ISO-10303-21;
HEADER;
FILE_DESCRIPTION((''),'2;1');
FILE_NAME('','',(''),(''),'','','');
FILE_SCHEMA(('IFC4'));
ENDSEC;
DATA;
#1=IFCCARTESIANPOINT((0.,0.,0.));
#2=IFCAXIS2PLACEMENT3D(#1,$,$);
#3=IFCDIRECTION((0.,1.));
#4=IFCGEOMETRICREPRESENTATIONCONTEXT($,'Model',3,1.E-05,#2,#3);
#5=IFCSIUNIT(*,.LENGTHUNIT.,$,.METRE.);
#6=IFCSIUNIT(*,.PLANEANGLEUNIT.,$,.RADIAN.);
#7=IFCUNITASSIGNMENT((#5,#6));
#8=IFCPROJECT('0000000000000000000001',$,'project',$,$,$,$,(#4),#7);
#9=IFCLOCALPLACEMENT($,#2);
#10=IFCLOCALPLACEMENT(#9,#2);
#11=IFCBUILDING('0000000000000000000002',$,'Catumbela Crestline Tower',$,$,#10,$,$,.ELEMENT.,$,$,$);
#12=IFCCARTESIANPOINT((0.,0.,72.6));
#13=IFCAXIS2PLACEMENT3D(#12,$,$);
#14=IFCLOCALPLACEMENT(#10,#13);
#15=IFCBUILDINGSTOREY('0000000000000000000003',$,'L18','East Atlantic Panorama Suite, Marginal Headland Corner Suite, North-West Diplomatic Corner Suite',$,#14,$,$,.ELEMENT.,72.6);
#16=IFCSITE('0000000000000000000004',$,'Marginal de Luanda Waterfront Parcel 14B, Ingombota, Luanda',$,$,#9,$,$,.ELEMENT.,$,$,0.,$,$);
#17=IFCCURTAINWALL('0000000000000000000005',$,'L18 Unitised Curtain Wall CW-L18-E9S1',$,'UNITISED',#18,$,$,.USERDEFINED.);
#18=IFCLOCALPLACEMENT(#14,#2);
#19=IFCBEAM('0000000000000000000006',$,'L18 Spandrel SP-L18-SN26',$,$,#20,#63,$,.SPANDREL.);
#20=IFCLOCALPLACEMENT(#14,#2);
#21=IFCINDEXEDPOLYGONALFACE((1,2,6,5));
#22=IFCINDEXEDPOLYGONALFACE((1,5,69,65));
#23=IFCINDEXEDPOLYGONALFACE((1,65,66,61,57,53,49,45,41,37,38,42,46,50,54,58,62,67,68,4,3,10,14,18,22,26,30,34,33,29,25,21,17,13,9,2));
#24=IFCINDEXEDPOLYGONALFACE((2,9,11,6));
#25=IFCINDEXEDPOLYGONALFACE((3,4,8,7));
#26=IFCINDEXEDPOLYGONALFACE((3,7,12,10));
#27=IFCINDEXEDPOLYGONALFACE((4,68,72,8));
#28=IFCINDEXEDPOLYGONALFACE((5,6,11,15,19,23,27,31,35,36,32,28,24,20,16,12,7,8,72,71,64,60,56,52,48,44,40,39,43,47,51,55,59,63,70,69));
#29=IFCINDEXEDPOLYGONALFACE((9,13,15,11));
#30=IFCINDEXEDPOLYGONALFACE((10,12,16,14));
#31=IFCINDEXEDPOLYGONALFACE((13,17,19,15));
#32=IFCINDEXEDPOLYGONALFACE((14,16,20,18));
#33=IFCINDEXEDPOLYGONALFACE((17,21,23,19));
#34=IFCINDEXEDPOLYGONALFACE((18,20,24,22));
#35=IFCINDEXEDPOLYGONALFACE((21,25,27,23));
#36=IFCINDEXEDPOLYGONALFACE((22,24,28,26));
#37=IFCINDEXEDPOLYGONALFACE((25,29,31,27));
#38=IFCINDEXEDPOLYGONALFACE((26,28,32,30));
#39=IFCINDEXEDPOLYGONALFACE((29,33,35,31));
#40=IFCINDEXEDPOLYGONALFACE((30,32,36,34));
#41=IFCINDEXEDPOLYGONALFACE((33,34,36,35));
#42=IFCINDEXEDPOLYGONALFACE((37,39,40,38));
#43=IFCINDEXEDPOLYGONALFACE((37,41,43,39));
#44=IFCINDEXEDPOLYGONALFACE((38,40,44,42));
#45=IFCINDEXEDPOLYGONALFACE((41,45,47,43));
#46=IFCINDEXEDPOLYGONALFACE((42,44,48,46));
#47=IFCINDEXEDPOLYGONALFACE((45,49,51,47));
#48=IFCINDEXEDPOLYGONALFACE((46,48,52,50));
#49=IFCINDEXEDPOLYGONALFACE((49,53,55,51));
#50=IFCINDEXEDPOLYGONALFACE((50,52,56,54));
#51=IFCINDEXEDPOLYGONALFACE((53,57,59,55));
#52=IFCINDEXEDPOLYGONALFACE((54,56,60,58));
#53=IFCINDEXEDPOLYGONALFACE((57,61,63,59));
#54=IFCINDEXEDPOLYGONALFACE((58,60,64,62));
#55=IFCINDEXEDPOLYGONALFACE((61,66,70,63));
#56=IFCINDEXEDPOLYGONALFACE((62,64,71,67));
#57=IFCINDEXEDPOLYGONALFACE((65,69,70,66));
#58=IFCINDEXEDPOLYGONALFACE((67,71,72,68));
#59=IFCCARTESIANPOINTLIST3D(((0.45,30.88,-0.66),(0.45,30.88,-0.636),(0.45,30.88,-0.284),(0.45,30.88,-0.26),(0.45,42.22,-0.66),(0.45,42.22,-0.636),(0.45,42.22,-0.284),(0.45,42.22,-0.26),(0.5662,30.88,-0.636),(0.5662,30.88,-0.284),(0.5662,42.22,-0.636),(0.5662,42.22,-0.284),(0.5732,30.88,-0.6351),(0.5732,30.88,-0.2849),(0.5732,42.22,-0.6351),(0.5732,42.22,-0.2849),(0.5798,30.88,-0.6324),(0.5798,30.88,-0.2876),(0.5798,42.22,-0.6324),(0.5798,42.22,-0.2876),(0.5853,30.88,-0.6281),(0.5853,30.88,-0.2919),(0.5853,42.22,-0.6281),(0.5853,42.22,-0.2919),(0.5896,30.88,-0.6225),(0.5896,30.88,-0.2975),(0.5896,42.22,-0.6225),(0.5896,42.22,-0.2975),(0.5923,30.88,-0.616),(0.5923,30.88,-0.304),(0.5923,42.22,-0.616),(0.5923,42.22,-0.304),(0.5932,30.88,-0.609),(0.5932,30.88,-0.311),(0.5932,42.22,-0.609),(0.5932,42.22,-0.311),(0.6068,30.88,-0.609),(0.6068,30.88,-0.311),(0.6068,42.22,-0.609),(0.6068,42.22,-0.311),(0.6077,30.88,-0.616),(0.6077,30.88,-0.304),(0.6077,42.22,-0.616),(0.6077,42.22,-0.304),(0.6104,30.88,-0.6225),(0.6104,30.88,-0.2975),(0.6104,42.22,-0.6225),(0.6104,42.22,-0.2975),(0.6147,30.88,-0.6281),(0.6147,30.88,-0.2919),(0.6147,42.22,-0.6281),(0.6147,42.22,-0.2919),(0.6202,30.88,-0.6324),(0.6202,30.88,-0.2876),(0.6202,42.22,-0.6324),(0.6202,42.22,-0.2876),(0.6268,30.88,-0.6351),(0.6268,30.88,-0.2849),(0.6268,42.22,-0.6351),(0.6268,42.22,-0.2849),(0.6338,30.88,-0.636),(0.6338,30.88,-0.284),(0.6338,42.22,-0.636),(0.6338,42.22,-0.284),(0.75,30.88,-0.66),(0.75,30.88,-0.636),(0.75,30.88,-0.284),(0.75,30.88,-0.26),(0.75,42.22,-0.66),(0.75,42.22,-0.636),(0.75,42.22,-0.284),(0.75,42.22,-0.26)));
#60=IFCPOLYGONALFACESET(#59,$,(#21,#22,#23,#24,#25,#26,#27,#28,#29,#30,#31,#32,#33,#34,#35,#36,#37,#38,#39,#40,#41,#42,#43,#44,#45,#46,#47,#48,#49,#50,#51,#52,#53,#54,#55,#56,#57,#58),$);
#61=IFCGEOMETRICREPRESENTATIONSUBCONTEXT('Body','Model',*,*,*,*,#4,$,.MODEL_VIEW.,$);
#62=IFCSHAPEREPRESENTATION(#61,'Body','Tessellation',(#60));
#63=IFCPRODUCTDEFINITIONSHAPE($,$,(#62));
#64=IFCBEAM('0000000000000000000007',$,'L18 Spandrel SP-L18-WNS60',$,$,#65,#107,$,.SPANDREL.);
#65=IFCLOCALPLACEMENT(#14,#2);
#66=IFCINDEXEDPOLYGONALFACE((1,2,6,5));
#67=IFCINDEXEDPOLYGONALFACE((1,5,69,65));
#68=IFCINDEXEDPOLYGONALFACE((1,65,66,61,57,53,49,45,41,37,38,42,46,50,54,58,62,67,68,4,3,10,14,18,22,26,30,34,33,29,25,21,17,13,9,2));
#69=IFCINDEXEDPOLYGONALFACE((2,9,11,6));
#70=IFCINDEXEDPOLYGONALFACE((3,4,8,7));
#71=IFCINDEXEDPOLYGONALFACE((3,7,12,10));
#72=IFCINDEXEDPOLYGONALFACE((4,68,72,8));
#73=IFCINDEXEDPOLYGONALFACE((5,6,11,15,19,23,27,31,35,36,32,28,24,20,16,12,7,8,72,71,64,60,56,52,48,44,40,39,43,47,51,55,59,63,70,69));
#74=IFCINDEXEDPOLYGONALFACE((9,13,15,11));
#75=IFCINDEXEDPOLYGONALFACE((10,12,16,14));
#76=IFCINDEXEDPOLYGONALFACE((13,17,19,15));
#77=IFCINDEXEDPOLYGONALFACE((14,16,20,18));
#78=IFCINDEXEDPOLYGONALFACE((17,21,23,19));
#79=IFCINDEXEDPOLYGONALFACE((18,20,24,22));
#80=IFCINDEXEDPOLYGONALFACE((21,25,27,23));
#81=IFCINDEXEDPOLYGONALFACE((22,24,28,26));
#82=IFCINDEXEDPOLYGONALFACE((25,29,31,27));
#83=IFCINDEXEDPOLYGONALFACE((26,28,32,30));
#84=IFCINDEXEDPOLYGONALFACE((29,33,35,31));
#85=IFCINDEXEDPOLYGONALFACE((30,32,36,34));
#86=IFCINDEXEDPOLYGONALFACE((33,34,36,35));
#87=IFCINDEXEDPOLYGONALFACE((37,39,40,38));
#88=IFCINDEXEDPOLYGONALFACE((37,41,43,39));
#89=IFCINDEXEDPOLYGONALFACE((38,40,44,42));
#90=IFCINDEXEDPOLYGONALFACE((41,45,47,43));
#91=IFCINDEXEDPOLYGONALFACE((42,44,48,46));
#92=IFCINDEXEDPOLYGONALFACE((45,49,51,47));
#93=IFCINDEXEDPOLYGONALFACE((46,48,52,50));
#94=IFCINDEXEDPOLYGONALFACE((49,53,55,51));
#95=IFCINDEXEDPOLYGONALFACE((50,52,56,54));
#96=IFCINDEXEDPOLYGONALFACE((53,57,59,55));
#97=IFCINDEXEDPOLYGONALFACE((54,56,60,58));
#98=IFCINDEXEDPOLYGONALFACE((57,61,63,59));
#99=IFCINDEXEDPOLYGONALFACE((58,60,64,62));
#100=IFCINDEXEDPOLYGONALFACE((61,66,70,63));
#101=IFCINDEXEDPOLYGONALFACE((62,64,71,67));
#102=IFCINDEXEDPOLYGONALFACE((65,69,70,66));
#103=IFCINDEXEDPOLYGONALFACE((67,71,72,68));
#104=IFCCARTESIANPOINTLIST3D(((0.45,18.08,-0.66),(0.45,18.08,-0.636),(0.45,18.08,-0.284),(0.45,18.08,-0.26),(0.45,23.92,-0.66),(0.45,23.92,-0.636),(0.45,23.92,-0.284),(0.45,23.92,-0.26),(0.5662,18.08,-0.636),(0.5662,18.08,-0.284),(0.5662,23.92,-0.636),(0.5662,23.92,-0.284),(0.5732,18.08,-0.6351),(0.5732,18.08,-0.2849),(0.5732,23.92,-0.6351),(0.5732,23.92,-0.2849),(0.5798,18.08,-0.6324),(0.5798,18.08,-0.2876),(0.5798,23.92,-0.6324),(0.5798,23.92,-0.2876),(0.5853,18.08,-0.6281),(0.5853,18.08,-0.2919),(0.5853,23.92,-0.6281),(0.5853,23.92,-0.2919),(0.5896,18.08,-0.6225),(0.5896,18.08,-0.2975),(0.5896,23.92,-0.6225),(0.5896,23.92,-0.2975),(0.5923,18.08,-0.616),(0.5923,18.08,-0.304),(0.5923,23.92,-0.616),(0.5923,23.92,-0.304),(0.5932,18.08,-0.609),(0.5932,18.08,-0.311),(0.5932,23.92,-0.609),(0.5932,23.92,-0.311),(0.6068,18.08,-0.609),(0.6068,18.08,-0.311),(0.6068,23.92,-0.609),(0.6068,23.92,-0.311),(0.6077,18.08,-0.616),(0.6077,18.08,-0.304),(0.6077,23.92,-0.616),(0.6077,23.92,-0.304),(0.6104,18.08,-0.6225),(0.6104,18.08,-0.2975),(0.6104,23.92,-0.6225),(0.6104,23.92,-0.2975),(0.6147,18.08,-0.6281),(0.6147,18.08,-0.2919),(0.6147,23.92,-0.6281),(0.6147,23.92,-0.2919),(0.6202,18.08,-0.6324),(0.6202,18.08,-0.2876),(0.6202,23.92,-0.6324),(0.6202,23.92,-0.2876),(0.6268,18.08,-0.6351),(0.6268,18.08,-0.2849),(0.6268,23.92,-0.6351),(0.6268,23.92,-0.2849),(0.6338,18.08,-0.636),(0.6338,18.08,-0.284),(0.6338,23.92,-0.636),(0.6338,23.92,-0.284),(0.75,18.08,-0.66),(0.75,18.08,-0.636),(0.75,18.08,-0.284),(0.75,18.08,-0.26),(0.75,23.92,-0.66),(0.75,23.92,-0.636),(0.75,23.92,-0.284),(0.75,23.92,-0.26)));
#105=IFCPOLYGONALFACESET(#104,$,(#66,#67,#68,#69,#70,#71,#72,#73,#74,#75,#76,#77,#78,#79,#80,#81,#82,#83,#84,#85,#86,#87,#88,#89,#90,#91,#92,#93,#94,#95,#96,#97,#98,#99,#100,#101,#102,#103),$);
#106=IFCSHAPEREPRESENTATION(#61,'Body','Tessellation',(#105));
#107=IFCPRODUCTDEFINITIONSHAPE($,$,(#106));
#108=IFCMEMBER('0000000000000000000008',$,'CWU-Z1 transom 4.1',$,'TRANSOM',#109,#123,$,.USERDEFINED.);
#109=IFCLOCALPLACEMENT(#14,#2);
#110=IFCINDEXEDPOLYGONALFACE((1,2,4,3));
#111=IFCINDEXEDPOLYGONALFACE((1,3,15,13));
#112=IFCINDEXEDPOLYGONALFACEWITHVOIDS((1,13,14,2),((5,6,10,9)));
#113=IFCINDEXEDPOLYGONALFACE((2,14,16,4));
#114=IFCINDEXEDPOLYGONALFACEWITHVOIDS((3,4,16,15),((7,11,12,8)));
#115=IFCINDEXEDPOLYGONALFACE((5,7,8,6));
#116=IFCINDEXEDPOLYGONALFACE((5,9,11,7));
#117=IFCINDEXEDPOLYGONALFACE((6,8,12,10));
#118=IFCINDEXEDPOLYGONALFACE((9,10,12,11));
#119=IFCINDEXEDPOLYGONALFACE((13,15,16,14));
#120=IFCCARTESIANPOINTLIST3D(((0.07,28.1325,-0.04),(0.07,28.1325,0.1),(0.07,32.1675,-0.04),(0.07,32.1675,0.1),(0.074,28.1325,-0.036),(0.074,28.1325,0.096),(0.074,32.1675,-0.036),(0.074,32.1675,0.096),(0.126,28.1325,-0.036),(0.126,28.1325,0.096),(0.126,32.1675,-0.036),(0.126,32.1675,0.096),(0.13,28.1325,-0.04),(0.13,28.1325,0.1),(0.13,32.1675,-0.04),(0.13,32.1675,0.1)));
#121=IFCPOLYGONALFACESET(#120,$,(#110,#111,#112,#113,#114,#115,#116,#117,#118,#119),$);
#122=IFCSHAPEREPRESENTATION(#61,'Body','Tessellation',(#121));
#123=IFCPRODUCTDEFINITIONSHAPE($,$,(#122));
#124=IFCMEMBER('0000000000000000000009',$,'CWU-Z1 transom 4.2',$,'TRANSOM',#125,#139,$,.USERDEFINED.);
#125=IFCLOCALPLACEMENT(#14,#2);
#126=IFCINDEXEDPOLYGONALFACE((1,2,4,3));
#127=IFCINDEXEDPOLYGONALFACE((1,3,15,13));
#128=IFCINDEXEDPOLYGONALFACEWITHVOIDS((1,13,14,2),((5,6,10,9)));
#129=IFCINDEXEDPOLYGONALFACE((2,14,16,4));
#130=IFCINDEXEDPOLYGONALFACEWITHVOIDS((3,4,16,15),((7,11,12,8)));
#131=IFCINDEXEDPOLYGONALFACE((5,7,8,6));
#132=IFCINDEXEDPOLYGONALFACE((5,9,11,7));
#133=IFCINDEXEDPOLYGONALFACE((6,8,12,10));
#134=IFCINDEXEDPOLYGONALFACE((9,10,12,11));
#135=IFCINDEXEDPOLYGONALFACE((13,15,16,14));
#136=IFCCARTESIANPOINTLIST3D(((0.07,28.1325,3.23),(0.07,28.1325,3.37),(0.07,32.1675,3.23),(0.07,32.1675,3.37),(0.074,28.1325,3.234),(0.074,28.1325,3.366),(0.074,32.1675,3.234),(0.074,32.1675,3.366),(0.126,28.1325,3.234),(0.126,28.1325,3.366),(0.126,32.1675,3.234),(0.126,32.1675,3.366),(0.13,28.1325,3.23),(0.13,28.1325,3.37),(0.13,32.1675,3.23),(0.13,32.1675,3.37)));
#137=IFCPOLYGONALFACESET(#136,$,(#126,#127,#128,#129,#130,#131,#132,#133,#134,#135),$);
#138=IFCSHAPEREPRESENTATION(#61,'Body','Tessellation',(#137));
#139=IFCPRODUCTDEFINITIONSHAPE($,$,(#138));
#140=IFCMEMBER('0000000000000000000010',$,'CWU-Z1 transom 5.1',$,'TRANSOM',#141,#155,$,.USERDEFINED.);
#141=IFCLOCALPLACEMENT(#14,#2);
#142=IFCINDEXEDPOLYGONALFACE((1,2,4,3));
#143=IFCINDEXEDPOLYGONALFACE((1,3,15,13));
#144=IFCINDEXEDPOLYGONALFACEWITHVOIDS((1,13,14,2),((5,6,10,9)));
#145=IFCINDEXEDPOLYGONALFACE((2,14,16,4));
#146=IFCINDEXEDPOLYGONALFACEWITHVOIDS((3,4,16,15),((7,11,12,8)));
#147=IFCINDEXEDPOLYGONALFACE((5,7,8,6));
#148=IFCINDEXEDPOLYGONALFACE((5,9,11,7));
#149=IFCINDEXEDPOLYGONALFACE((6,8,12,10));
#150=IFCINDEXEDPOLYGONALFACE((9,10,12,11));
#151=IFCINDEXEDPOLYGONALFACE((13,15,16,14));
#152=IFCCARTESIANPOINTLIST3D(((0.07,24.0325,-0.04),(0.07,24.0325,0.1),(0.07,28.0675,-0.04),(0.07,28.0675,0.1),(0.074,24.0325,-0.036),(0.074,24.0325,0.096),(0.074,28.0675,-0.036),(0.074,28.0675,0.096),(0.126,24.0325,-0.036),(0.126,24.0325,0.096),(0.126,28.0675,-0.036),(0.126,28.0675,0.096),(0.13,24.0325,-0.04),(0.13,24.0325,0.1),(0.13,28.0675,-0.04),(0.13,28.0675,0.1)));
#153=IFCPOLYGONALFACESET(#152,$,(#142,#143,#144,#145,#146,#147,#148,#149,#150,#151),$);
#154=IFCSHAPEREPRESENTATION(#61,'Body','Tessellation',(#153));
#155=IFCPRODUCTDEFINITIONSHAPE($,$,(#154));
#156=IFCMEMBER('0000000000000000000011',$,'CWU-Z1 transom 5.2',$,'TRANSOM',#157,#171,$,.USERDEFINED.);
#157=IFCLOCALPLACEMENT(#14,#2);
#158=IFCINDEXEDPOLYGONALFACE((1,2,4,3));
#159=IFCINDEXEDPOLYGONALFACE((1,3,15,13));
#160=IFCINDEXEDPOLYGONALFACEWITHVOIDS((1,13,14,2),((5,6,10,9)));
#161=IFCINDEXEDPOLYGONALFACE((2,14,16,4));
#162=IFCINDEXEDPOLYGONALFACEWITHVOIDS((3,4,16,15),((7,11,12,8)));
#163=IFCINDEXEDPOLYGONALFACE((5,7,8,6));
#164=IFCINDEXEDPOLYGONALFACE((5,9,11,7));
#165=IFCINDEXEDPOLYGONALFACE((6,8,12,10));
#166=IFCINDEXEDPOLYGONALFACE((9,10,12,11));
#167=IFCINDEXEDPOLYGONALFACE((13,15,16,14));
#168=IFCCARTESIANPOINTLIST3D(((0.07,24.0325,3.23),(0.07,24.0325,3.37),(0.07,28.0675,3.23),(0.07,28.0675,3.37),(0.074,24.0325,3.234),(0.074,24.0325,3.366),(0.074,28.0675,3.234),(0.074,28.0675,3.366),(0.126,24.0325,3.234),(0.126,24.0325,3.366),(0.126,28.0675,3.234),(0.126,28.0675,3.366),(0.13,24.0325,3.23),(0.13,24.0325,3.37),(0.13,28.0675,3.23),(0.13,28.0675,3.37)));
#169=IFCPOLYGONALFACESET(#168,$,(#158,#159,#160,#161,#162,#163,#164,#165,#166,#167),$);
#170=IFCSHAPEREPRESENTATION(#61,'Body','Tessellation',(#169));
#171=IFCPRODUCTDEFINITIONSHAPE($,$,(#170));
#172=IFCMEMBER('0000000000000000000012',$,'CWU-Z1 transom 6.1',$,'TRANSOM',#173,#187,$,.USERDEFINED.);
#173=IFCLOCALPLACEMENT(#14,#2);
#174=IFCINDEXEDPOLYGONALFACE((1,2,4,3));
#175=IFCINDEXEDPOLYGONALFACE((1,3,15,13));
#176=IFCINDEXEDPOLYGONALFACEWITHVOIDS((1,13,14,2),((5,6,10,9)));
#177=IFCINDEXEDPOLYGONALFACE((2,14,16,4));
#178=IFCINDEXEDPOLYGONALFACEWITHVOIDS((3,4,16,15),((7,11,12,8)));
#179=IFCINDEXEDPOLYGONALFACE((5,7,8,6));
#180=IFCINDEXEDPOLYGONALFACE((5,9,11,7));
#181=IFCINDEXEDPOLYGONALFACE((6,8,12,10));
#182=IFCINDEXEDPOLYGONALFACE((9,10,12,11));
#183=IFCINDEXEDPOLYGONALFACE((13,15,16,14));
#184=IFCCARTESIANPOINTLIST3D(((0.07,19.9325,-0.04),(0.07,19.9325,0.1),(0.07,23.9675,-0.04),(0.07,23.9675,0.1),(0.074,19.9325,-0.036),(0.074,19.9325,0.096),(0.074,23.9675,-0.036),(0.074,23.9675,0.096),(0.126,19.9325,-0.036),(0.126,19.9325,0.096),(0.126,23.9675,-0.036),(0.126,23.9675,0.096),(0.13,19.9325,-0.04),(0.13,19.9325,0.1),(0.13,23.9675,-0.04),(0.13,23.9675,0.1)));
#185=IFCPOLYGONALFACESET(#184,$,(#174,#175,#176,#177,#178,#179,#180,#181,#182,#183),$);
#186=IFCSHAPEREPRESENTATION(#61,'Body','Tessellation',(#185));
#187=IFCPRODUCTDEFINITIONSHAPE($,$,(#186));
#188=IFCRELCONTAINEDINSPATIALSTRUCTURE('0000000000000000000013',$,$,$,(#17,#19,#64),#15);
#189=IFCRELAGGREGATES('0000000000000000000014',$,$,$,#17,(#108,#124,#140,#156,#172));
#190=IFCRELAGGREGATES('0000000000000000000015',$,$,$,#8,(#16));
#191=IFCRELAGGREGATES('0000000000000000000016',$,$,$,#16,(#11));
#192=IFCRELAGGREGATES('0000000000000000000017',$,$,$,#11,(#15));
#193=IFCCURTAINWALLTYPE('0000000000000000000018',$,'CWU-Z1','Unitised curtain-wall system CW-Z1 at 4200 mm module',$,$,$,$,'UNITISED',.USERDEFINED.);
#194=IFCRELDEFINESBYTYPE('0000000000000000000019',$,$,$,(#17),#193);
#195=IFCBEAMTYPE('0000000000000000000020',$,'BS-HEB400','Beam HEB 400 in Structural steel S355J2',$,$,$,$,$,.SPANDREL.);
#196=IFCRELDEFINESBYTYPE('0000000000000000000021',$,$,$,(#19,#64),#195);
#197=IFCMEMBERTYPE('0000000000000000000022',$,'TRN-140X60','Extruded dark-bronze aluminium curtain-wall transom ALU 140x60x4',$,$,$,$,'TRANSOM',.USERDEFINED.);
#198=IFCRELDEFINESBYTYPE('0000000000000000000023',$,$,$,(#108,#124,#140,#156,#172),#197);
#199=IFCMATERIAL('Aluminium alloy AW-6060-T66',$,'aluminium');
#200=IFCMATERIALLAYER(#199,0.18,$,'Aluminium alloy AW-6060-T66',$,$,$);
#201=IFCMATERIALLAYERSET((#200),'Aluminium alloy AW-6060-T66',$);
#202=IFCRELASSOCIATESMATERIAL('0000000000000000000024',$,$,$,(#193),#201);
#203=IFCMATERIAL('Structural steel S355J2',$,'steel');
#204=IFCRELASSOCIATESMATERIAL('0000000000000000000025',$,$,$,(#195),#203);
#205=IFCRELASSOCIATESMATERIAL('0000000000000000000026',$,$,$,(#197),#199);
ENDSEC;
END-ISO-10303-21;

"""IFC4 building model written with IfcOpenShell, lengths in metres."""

from ifc_helpers import new_model, si_unit, direction, frame, origin, origin_2d, place, context, subcontext, project, spatial, hollow_rectangle, i_section, extrude, material, layer, layer_set, material_profile, profile_set, type_object, element, aggregate, save


model = new_model("IFC4")

# Units and contexts
model_context = context("Model", 3, precision=1e-05, world=origin(), true_north=direction((0.0, 1.0)))
body_context = subcontext(model_context, "Body", "Model", "MODEL_VIEW")
ifc_project = project(units=[si_unit("LENGTHUNIT", "METRE"), si_unit("PLANEANGLEUNIT", "RADIAN")], contexts=[model_context])

# Site, building, storey
site_placement = place(None, origin())
site = spatial("IfcSite", under=ifc_project, at=site_placement, Name="Marginal de Luanda Waterfront Parcel 14B, Ingombota, Luanda", CompositionType="ELEMENT", RefElevation=0.0)
building_placement = place(site_placement, origin())
building = spatial("IfcBuilding", under=site, at=building_placement, Name="Catumbela Crestline Tower", CompositionType="ELEMENT")
storey_placement = place(building_placement, frame((0.0, 0.0, 72.6)))
storey = spatial("IfcBuildingStorey", under=building, at=storey_placement, Name="L18", Description="East Atlantic Panorama Suite, Marginal Headland Corner Suite, North-West Diplomatic Corner Suite", CompositionType="ELEMENT", Elevation=72.6)

# Shared definitions
ifc_material_1 = material(Name="Structural steel S355J2", Category="steel")

# Curtain wall
ifc_material_2 = material(Name="Aluminium alloy AW-6060-T66", Category="aluminium")
ifc_layer_1 = layer(ifc_material_2, 0.18, Name="Aluminium alloy AW-6060-T66")
ifc_layer_set_1 = layer_set([ifc_layer_1], Name="Aluminium alloy AW-6060-T66")
curtain_wall_type = type_object("IfcCurtainWallType", Name="CWU-Z1", Description="Unitised curtain-wall system CW-Z1 at 4200 mm module", ElementType="UNITISED", PredefinedType="USERDEFINED", material=ifc_layer_set_1)
curtain_wall_placement = place(storey_placement, origin())
curtain_wall = element("IfcCurtainWall", 1, at=curtain_wall_placement, inside=storey, type_object=curtain_wall_type, Name="L18 Unitised Curtain Wall CW-L18-E9S1", ObjectType="UNITISED", PredefinedType="USERDEFINED")

# Beams
ifc_material_profile_1 = material_profile(ifc_material_1, i_section(OverallWidth=0.3, OverallDepth=0.4, WebThickness=0.0135, FlangeThickness=0.024, FilletRadius=0.027, at=origin_2d()), Name="HEB 400")
ifc_profile_set_1 = profile_set([ifc_material_profile_1], Name="Structural steel S355J2")
beam_type_1 = type_object("IfcBeamType", Name="BS-HEB400", Description="Beam HEB 400 in Structural steel S355J2", PredefinedType="SPANDREL", material=ifc_profile_set_1)
beam_1_placement = place(storey_placement, frame((0.6, 30.88, -0.46), z_axis=(0.0, 1.0, 0.0), x_axis=(-1.0, 0.0, 0.0)))
element("IfcBeam", 2, at=beam_1_placement, inside=storey, type_object=beam_type_1, Name="L18 Spandrel SP-L18-SN26", PredefinedType="SPANDREL", context=body_context, shape_type="SweptSolid", body=[
    extrude(i_section(OverallWidth=0.3, OverallDepth=0.4, WebThickness=0.0135, FlangeThickness=0.024, FilletRadius=0.027, at=origin_2d()), origin(), (0.0, 0.0, 1.0), 11.34),
])
beam_2_placement = place(storey_placement, frame((0.6, 18.08, -0.46), z_axis=(0.0, 1.0, 0.0), x_axis=(-1.0, 0.0, 0.0)))
element("IfcBeam", 3, at=beam_2_placement, inside=storey, type_object=beam_type_1, Name="L18 Spandrel SP-L18-WNS60", PredefinedType="SPANDREL", context=body_context, shape_type="SweptSolid", body=[
    extrude(i_section(OverallWidth=0.3, OverallDepth=0.4, WebThickness=0.0135, FlangeThickness=0.024, FilletRadius=0.027, at=origin_2d()), origin(), (0.0, 0.0, 1.0), 5.84),
])

# Members
ifc_material_profile_2 = material_profile(ifc_material_2, hollow_rectangle(XDim=0.06, YDim=0.14, WallThickness=0.004, at=origin_2d()), Name="ALU 140x60x4")
ifc_profile_set_2 = profile_set([ifc_material_profile_2], Name="Aluminium alloy AW-6060-T66")
member_type_1 = type_object("IfcMemberType", Name="TRN-140X60", Description="Extruded dark-bronze aluminium curtain-wall transom ALU 140x60x4", ElementType="TRANSOM", PredefinedType="USERDEFINED", material=ifc_profile_set_2)
member_1_placement = place(storey_placement, frame((0.1, 32.1675, 0.03), z_axis=(0.0, -1.0, 0.0), x_axis=(1.0, 0.0, 0.0)))
member_1 = element("IfcMember", 4, at=member_1_placement, type_object=member_type_1, Name="CWU-Z1 transom 4.1", ObjectType="TRANSOM", PredefinedType="USERDEFINED", context=body_context, shape_type="SweptSolid", body=[
    extrude(hollow_rectangle(XDim=0.06, YDim=0.14, WallThickness=0.004, at=origin_2d()), origin(), (0.0, 0.0, 1.0), 4.035),
])
member_2_placement = place(storey_placement, frame((0.1, 32.1675, 3.3), z_axis=(0.0, -1.0, 0.0), x_axis=(1.0, 0.0, 0.0)))
member_2 = element("IfcMember", 5, at=member_2_placement, type_object=member_type_1, Name="CWU-Z1 transom 4.2", ObjectType="TRANSOM", PredefinedType="USERDEFINED", context=body_context, shape_type="SweptSolid", body=[
    extrude(hollow_rectangle(XDim=0.06, YDim=0.14, WallThickness=0.004, at=origin_2d()), origin(), (0.0, 0.0, 1.0), 4.035),
])
member_3_placement = place(storey_placement, frame((0.1, 28.0675, 0.03), z_axis=(0.0, -1.0, 0.0), x_axis=(1.0, 0.0, 0.0)))
member_3 = element("IfcMember", 6, at=member_3_placement, type_object=member_type_1, Name="CWU-Z1 transom 5.1", ObjectType="TRANSOM", PredefinedType="USERDEFINED", context=body_context, shape_type="SweptSolid", body=[
    extrude(hollow_rectangle(XDim=0.06, YDim=0.14, WallThickness=0.004, at=origin_2d()), origin(), (0.0, 0.0, 1.0), 4.035),
])
member_4_placement = place(storey_placement, frame((0.1, 28.0675, 3.3), z_axis=(0.0, -1.0, 0.0), x_axis=(1.0, 0.0, 0.0)))
member_4 = element("IfcMember", 7, at=member_4_placement, type_object=member_type_1, Name="CWU-Z1 transom 5.2", ObjectType="TRANSOM", PredefinedType="USERDEFINED", context=body_context, shape_type="SweptSolid", body=[
    extrude(hollow_rectangle(XDim=0.06, YDim=0.14, WallThickness=0.004, at=origin_2d()), origin(), (0.0, 0.0, 1.0), 4.035),
])
member_5_placement = place(storey_placement, frame((0.1, 23.9675, 0.03), z_axis=(0.0, -1.0, 0.0), x_axis=(1.0, 0.0, 0.0)))
member_5 = element("IfcMember", 8, at=member_5_placement, type_object=member_type_1, Name="CWU-Z1 transom 6.1", ObjectType="TRANSOM", PredefinedType="USERDEFINED", context=body_context, shape_type="SweptSolid", body=[
    extrude(hollow_rectangle(XDim=0.06, YDim=0.14, WallThickness=0.004, at=origin_2d()), origin(), (0.0, 0.0, 1.0), 4.035),
])

aggregate(curtain_wall, [member_1, member_2, member_3, member_4, member_5])

save(model, "model.ifc")
